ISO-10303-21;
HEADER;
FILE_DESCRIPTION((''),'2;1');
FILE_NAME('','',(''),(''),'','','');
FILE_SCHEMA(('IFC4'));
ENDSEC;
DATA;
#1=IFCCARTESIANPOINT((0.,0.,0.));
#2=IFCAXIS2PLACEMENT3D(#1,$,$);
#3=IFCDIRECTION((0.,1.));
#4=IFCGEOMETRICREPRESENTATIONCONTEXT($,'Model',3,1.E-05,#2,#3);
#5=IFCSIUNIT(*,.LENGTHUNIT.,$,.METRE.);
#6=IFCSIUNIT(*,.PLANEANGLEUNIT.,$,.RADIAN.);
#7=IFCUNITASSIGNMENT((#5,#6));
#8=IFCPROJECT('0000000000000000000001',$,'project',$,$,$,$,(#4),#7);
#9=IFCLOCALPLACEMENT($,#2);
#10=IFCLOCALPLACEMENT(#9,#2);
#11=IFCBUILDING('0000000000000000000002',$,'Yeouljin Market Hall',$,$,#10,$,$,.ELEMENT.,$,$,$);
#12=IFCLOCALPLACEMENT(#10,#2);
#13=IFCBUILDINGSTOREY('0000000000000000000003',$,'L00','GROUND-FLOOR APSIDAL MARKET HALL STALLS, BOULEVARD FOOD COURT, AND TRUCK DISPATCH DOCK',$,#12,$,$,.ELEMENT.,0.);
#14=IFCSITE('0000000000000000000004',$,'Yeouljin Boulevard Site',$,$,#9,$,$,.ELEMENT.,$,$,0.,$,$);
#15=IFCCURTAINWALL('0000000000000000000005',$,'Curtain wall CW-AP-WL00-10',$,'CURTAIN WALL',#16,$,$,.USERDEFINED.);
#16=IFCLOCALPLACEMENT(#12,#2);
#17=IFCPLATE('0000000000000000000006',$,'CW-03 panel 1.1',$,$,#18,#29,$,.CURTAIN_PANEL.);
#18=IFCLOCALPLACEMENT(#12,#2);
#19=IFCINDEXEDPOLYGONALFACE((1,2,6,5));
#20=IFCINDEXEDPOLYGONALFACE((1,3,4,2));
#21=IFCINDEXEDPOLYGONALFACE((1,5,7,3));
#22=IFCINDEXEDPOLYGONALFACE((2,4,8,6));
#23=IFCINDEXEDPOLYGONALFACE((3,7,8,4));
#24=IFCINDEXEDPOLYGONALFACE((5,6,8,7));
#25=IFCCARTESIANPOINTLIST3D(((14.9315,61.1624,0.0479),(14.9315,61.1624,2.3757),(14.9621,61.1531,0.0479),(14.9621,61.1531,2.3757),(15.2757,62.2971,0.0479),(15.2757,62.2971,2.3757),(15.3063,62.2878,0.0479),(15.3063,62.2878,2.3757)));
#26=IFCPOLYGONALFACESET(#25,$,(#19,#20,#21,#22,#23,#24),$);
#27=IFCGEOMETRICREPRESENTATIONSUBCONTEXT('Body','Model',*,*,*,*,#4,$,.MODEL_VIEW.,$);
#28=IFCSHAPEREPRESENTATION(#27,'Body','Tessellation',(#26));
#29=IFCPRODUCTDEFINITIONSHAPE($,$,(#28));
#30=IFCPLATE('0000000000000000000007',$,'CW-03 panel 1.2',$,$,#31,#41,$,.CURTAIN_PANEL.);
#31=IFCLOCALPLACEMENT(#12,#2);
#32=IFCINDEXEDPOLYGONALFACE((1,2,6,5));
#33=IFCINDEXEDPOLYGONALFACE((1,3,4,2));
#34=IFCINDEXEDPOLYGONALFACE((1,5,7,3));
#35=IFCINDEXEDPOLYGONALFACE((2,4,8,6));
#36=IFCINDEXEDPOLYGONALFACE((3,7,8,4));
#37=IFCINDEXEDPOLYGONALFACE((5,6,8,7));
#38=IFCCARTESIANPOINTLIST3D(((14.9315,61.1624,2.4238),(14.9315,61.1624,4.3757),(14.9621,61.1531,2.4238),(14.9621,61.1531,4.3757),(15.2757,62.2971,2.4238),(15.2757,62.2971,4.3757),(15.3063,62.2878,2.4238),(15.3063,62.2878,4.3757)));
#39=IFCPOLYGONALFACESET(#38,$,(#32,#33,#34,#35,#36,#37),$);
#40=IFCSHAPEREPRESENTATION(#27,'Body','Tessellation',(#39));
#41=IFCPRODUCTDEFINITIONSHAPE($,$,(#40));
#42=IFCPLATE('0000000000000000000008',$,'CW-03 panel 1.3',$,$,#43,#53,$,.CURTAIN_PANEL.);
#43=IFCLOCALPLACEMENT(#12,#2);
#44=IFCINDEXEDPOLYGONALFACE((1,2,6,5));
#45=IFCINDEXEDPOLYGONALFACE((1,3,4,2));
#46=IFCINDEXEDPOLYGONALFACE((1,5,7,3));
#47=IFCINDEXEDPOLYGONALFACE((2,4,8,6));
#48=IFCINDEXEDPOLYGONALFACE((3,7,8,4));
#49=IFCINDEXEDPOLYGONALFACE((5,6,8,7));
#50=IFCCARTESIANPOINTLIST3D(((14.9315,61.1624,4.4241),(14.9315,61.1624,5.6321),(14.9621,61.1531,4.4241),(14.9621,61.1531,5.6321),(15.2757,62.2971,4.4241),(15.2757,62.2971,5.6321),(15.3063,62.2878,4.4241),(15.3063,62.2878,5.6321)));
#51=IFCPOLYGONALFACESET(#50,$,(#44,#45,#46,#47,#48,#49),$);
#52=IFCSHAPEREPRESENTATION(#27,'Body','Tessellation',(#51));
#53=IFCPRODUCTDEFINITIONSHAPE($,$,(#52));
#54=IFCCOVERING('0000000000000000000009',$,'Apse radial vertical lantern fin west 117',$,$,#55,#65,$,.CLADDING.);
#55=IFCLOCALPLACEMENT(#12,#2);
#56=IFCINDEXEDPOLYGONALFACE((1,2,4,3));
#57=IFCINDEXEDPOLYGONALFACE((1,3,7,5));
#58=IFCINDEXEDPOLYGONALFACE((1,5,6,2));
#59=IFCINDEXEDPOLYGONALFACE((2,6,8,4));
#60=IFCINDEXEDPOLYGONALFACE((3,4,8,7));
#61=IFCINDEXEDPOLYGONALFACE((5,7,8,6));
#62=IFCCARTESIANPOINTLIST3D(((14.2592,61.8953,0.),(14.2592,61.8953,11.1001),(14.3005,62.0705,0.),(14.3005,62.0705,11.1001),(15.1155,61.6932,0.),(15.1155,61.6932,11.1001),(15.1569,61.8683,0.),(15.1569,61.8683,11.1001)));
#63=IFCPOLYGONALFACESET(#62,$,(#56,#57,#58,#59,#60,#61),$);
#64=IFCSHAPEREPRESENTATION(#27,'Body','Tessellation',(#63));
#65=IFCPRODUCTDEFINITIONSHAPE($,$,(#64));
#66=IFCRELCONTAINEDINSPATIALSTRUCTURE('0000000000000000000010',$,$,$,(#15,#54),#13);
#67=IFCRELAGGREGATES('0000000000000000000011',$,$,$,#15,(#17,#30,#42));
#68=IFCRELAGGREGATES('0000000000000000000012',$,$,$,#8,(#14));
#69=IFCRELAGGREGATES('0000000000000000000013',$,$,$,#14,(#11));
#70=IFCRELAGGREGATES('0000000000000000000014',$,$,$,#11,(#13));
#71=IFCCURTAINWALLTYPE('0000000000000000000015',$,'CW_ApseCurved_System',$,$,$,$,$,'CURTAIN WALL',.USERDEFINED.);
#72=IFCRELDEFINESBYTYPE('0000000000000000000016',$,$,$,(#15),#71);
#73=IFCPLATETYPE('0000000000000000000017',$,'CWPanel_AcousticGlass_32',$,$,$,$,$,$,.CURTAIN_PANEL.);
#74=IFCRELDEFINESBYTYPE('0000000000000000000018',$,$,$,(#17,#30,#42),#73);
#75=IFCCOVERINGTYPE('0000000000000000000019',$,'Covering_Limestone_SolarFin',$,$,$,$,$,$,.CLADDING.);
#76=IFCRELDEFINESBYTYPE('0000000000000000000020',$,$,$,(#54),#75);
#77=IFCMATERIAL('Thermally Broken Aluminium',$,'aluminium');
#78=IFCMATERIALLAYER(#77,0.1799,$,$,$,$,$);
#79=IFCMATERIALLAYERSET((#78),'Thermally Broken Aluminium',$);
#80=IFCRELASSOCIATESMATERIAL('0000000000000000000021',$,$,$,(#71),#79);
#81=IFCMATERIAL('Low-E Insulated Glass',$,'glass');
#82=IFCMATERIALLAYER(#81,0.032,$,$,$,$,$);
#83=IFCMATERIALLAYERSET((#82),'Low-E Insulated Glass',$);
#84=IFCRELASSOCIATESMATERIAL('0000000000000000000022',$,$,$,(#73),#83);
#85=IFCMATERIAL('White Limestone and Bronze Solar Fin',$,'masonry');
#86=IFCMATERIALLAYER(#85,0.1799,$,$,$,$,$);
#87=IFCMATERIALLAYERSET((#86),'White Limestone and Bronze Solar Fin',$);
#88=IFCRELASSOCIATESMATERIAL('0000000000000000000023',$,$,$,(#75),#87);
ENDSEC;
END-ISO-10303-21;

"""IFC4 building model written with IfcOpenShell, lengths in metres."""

from ifc_helpers import new_model, si_unit, direction, frame, origin, origin_2d, place, context, subcontext, project, spatial, rectangle, extrude, material, layer, layer_set, type_object, element, aggregate, save


model = new_model("IFC4")

# Units and contexts
model_context = context("Model", 3, precision=1e-05, world=origin(), true_north=direction((0.0, 1.0)))
body_context = subcontext(model_context, "Body", "Model", "MODEL_VIEW")
ifc_project = project(units=[si_unit("LENGTHUNIT", "METRE"), si_unit("PLANEANGLEUNIT", "RADIAN")], contexts=[model_context])

# Site, building, storey
site_placement = place(None, origin())
site = spatial("IfcSite", under=ifc_project, at=site_placement, Name="Yeouljin Boulevard Site", CompositionType="ELEMENT", RefElevation=0.0)
building_placement = place(site_placement, origin())
building = spatial("IfcBuilding", under=site, at=building_placement, Name="Yeouljin Market Hall", CompositionType="ELEMENT")
storey_placement = place(building_placement, origin())
storey = spatial("IfcBuildingStorey", under=building, at=storey_placement, Name="L00", Description="GROUND-FLOOR APSIDAL MARKET HALL STALLS, BOULEVARD FOOD COURT, AND TRUCK DISPATCH DOCK", CompositionType="ELEMENT", Elevation=0.0)

# Curtain wall
ifc_material_1 = material(Name="Thermally Broken Aluminium", Category="aluminium")
ifc_layer_1 = layer(ifc_material_1, 0.1799)
ifc_layer_set_1 = layer_set([ifc_layer_1], Name="Thermally Broken Aluminium")
curtain_wall_type = type_object("IfcCurtainWallType", Name="CW_ApseCurved_System", ElementType="CURTAIN WALL", PredefinedType="USERDEFINED", material=ifc_layer_set_1)
curtain_wall_1_placement = place(storey_placement, origin())
curtain_wall_1 = element("IfcCurtainWall", 1, at=curtain_wall_1_placement, inside=storey, type_object=curtain_wall_type, Name="Curtain wall CW-AP-WL00-10", ObjectType="CURTAIN WALL", PredefinedType="USERDEFINED")

# Plates
ifc_material_2 = material(Name="Low-E Insulated Glass", Category="glass")
ifc_layer_2 = layer(ifc_material_2, 0.032)
ifc_layer_set_2 = layer_set([ifc_layer_2], Name="Low-E Insulated Glass")
plate_type = type_object("IfcPlateType", Name="CWPanel_AcousticGlass_32", PredefinedType="CURTAIN_PANEL", material=ifc_layer_set_2)
plate_1_placement = place(storey_placement, frame((15.1189, 61.7251, 0.0479), z_axis=(0.0, 0.0, 1.0), x_axis=(0.290286, 0.95694, 0.0)))
plate_1 = element("IfcPlate", 2, at=plate_1_placement, type_object=plate_type, Name="CW-03 panel 1.1", PredefinedType="CURTAIN_PANEL", context=body_context, shape_type="SweptSolid", body=[
    extrude(rectangle(XDim=1.1858, YDim=0.032, at=origin_2d()), origin(), (0.0, 0.0, 1.0), 2.3279),
])
plate_2_placement = place(storey_placement, frame((15.1189, 61.7251, 2.4238), z_axis=(0.0, 0.0, 1.0), x_axis=(0.290286, 0.95694, 0.0)))
plate_2 = element("IfcPlate", 3, at=plate_2_placement, type_object=plate_type, Name="CW-03 panel 1.2", PredefinedType="CURTAIN_PANEL", context=body_context, shape_type="SweptSolid", body=[
    extrude(rectangle(XDim=1.1858, YDim=0.032, at=origin_2d()), origin(), (0.0, 0.0, 1.0), 1.9519),
])
plate_3_placement = place(storey_placement, frame((15.1189, 61.7251, 4.4241), z_axis=(0.0, 0.0, 1.0), x_axis=(0.290286, 0.95694, 0.0)))
plate_3 = element("IfcPlate", 4, at=plate_3_placement, type_object=plate_type, Name="CW-03 panel 1.3", PredefinedType="CURTAIN_PANEL", context=body_context, shape_type="SweptSolid", body=[
    extrude(rectangle(XDim=1.1858, YDim=0.032, at=origin_2d()), origin(), (0.0, 0.0, 1.0), 1.208),
])
aggregate(curtain_wall_1, [plate_1, plate_2, plate_3])

# Covering
ifc_material_3 = material(Name="White Limestone and Bronze Solar Fin", Category="masonry")
ifc_layer_3 = layer(ifc_material_3, 0.1799)
ifc_layer_set_3 = layer_set([ifc_layer_3], Name="White Limestone and Bronze Solar Fin")
covering_type = type_object("IfcCoveringType", Name="Covering_Limestone_SolarFin", PredefinedType="CLADDING", material=ifc_layer_set_3)
covering_placement = place(storey_placement, frame((14.708, 61.8818, 0.0), z_axis=(0.0, 0.0, 1.0), x_axis=(-0.973259, 0.22971, 0.0)))
element("IfcCovering", 5, at=covering_placement, inside=storey, type_object=covering_type, Name="Apse radial vertical lantern fin west 117", PredefinedType="CLADDING", context=body_context, shape_type="SweptSolid", body=[
    extrude(rectangle(XDim=0.8799, YDim=0.1799, at=origin_2d()), origin(), (0.0, 0.0, 1.0), 11.1001),
])

save(model, "model.ifc")
